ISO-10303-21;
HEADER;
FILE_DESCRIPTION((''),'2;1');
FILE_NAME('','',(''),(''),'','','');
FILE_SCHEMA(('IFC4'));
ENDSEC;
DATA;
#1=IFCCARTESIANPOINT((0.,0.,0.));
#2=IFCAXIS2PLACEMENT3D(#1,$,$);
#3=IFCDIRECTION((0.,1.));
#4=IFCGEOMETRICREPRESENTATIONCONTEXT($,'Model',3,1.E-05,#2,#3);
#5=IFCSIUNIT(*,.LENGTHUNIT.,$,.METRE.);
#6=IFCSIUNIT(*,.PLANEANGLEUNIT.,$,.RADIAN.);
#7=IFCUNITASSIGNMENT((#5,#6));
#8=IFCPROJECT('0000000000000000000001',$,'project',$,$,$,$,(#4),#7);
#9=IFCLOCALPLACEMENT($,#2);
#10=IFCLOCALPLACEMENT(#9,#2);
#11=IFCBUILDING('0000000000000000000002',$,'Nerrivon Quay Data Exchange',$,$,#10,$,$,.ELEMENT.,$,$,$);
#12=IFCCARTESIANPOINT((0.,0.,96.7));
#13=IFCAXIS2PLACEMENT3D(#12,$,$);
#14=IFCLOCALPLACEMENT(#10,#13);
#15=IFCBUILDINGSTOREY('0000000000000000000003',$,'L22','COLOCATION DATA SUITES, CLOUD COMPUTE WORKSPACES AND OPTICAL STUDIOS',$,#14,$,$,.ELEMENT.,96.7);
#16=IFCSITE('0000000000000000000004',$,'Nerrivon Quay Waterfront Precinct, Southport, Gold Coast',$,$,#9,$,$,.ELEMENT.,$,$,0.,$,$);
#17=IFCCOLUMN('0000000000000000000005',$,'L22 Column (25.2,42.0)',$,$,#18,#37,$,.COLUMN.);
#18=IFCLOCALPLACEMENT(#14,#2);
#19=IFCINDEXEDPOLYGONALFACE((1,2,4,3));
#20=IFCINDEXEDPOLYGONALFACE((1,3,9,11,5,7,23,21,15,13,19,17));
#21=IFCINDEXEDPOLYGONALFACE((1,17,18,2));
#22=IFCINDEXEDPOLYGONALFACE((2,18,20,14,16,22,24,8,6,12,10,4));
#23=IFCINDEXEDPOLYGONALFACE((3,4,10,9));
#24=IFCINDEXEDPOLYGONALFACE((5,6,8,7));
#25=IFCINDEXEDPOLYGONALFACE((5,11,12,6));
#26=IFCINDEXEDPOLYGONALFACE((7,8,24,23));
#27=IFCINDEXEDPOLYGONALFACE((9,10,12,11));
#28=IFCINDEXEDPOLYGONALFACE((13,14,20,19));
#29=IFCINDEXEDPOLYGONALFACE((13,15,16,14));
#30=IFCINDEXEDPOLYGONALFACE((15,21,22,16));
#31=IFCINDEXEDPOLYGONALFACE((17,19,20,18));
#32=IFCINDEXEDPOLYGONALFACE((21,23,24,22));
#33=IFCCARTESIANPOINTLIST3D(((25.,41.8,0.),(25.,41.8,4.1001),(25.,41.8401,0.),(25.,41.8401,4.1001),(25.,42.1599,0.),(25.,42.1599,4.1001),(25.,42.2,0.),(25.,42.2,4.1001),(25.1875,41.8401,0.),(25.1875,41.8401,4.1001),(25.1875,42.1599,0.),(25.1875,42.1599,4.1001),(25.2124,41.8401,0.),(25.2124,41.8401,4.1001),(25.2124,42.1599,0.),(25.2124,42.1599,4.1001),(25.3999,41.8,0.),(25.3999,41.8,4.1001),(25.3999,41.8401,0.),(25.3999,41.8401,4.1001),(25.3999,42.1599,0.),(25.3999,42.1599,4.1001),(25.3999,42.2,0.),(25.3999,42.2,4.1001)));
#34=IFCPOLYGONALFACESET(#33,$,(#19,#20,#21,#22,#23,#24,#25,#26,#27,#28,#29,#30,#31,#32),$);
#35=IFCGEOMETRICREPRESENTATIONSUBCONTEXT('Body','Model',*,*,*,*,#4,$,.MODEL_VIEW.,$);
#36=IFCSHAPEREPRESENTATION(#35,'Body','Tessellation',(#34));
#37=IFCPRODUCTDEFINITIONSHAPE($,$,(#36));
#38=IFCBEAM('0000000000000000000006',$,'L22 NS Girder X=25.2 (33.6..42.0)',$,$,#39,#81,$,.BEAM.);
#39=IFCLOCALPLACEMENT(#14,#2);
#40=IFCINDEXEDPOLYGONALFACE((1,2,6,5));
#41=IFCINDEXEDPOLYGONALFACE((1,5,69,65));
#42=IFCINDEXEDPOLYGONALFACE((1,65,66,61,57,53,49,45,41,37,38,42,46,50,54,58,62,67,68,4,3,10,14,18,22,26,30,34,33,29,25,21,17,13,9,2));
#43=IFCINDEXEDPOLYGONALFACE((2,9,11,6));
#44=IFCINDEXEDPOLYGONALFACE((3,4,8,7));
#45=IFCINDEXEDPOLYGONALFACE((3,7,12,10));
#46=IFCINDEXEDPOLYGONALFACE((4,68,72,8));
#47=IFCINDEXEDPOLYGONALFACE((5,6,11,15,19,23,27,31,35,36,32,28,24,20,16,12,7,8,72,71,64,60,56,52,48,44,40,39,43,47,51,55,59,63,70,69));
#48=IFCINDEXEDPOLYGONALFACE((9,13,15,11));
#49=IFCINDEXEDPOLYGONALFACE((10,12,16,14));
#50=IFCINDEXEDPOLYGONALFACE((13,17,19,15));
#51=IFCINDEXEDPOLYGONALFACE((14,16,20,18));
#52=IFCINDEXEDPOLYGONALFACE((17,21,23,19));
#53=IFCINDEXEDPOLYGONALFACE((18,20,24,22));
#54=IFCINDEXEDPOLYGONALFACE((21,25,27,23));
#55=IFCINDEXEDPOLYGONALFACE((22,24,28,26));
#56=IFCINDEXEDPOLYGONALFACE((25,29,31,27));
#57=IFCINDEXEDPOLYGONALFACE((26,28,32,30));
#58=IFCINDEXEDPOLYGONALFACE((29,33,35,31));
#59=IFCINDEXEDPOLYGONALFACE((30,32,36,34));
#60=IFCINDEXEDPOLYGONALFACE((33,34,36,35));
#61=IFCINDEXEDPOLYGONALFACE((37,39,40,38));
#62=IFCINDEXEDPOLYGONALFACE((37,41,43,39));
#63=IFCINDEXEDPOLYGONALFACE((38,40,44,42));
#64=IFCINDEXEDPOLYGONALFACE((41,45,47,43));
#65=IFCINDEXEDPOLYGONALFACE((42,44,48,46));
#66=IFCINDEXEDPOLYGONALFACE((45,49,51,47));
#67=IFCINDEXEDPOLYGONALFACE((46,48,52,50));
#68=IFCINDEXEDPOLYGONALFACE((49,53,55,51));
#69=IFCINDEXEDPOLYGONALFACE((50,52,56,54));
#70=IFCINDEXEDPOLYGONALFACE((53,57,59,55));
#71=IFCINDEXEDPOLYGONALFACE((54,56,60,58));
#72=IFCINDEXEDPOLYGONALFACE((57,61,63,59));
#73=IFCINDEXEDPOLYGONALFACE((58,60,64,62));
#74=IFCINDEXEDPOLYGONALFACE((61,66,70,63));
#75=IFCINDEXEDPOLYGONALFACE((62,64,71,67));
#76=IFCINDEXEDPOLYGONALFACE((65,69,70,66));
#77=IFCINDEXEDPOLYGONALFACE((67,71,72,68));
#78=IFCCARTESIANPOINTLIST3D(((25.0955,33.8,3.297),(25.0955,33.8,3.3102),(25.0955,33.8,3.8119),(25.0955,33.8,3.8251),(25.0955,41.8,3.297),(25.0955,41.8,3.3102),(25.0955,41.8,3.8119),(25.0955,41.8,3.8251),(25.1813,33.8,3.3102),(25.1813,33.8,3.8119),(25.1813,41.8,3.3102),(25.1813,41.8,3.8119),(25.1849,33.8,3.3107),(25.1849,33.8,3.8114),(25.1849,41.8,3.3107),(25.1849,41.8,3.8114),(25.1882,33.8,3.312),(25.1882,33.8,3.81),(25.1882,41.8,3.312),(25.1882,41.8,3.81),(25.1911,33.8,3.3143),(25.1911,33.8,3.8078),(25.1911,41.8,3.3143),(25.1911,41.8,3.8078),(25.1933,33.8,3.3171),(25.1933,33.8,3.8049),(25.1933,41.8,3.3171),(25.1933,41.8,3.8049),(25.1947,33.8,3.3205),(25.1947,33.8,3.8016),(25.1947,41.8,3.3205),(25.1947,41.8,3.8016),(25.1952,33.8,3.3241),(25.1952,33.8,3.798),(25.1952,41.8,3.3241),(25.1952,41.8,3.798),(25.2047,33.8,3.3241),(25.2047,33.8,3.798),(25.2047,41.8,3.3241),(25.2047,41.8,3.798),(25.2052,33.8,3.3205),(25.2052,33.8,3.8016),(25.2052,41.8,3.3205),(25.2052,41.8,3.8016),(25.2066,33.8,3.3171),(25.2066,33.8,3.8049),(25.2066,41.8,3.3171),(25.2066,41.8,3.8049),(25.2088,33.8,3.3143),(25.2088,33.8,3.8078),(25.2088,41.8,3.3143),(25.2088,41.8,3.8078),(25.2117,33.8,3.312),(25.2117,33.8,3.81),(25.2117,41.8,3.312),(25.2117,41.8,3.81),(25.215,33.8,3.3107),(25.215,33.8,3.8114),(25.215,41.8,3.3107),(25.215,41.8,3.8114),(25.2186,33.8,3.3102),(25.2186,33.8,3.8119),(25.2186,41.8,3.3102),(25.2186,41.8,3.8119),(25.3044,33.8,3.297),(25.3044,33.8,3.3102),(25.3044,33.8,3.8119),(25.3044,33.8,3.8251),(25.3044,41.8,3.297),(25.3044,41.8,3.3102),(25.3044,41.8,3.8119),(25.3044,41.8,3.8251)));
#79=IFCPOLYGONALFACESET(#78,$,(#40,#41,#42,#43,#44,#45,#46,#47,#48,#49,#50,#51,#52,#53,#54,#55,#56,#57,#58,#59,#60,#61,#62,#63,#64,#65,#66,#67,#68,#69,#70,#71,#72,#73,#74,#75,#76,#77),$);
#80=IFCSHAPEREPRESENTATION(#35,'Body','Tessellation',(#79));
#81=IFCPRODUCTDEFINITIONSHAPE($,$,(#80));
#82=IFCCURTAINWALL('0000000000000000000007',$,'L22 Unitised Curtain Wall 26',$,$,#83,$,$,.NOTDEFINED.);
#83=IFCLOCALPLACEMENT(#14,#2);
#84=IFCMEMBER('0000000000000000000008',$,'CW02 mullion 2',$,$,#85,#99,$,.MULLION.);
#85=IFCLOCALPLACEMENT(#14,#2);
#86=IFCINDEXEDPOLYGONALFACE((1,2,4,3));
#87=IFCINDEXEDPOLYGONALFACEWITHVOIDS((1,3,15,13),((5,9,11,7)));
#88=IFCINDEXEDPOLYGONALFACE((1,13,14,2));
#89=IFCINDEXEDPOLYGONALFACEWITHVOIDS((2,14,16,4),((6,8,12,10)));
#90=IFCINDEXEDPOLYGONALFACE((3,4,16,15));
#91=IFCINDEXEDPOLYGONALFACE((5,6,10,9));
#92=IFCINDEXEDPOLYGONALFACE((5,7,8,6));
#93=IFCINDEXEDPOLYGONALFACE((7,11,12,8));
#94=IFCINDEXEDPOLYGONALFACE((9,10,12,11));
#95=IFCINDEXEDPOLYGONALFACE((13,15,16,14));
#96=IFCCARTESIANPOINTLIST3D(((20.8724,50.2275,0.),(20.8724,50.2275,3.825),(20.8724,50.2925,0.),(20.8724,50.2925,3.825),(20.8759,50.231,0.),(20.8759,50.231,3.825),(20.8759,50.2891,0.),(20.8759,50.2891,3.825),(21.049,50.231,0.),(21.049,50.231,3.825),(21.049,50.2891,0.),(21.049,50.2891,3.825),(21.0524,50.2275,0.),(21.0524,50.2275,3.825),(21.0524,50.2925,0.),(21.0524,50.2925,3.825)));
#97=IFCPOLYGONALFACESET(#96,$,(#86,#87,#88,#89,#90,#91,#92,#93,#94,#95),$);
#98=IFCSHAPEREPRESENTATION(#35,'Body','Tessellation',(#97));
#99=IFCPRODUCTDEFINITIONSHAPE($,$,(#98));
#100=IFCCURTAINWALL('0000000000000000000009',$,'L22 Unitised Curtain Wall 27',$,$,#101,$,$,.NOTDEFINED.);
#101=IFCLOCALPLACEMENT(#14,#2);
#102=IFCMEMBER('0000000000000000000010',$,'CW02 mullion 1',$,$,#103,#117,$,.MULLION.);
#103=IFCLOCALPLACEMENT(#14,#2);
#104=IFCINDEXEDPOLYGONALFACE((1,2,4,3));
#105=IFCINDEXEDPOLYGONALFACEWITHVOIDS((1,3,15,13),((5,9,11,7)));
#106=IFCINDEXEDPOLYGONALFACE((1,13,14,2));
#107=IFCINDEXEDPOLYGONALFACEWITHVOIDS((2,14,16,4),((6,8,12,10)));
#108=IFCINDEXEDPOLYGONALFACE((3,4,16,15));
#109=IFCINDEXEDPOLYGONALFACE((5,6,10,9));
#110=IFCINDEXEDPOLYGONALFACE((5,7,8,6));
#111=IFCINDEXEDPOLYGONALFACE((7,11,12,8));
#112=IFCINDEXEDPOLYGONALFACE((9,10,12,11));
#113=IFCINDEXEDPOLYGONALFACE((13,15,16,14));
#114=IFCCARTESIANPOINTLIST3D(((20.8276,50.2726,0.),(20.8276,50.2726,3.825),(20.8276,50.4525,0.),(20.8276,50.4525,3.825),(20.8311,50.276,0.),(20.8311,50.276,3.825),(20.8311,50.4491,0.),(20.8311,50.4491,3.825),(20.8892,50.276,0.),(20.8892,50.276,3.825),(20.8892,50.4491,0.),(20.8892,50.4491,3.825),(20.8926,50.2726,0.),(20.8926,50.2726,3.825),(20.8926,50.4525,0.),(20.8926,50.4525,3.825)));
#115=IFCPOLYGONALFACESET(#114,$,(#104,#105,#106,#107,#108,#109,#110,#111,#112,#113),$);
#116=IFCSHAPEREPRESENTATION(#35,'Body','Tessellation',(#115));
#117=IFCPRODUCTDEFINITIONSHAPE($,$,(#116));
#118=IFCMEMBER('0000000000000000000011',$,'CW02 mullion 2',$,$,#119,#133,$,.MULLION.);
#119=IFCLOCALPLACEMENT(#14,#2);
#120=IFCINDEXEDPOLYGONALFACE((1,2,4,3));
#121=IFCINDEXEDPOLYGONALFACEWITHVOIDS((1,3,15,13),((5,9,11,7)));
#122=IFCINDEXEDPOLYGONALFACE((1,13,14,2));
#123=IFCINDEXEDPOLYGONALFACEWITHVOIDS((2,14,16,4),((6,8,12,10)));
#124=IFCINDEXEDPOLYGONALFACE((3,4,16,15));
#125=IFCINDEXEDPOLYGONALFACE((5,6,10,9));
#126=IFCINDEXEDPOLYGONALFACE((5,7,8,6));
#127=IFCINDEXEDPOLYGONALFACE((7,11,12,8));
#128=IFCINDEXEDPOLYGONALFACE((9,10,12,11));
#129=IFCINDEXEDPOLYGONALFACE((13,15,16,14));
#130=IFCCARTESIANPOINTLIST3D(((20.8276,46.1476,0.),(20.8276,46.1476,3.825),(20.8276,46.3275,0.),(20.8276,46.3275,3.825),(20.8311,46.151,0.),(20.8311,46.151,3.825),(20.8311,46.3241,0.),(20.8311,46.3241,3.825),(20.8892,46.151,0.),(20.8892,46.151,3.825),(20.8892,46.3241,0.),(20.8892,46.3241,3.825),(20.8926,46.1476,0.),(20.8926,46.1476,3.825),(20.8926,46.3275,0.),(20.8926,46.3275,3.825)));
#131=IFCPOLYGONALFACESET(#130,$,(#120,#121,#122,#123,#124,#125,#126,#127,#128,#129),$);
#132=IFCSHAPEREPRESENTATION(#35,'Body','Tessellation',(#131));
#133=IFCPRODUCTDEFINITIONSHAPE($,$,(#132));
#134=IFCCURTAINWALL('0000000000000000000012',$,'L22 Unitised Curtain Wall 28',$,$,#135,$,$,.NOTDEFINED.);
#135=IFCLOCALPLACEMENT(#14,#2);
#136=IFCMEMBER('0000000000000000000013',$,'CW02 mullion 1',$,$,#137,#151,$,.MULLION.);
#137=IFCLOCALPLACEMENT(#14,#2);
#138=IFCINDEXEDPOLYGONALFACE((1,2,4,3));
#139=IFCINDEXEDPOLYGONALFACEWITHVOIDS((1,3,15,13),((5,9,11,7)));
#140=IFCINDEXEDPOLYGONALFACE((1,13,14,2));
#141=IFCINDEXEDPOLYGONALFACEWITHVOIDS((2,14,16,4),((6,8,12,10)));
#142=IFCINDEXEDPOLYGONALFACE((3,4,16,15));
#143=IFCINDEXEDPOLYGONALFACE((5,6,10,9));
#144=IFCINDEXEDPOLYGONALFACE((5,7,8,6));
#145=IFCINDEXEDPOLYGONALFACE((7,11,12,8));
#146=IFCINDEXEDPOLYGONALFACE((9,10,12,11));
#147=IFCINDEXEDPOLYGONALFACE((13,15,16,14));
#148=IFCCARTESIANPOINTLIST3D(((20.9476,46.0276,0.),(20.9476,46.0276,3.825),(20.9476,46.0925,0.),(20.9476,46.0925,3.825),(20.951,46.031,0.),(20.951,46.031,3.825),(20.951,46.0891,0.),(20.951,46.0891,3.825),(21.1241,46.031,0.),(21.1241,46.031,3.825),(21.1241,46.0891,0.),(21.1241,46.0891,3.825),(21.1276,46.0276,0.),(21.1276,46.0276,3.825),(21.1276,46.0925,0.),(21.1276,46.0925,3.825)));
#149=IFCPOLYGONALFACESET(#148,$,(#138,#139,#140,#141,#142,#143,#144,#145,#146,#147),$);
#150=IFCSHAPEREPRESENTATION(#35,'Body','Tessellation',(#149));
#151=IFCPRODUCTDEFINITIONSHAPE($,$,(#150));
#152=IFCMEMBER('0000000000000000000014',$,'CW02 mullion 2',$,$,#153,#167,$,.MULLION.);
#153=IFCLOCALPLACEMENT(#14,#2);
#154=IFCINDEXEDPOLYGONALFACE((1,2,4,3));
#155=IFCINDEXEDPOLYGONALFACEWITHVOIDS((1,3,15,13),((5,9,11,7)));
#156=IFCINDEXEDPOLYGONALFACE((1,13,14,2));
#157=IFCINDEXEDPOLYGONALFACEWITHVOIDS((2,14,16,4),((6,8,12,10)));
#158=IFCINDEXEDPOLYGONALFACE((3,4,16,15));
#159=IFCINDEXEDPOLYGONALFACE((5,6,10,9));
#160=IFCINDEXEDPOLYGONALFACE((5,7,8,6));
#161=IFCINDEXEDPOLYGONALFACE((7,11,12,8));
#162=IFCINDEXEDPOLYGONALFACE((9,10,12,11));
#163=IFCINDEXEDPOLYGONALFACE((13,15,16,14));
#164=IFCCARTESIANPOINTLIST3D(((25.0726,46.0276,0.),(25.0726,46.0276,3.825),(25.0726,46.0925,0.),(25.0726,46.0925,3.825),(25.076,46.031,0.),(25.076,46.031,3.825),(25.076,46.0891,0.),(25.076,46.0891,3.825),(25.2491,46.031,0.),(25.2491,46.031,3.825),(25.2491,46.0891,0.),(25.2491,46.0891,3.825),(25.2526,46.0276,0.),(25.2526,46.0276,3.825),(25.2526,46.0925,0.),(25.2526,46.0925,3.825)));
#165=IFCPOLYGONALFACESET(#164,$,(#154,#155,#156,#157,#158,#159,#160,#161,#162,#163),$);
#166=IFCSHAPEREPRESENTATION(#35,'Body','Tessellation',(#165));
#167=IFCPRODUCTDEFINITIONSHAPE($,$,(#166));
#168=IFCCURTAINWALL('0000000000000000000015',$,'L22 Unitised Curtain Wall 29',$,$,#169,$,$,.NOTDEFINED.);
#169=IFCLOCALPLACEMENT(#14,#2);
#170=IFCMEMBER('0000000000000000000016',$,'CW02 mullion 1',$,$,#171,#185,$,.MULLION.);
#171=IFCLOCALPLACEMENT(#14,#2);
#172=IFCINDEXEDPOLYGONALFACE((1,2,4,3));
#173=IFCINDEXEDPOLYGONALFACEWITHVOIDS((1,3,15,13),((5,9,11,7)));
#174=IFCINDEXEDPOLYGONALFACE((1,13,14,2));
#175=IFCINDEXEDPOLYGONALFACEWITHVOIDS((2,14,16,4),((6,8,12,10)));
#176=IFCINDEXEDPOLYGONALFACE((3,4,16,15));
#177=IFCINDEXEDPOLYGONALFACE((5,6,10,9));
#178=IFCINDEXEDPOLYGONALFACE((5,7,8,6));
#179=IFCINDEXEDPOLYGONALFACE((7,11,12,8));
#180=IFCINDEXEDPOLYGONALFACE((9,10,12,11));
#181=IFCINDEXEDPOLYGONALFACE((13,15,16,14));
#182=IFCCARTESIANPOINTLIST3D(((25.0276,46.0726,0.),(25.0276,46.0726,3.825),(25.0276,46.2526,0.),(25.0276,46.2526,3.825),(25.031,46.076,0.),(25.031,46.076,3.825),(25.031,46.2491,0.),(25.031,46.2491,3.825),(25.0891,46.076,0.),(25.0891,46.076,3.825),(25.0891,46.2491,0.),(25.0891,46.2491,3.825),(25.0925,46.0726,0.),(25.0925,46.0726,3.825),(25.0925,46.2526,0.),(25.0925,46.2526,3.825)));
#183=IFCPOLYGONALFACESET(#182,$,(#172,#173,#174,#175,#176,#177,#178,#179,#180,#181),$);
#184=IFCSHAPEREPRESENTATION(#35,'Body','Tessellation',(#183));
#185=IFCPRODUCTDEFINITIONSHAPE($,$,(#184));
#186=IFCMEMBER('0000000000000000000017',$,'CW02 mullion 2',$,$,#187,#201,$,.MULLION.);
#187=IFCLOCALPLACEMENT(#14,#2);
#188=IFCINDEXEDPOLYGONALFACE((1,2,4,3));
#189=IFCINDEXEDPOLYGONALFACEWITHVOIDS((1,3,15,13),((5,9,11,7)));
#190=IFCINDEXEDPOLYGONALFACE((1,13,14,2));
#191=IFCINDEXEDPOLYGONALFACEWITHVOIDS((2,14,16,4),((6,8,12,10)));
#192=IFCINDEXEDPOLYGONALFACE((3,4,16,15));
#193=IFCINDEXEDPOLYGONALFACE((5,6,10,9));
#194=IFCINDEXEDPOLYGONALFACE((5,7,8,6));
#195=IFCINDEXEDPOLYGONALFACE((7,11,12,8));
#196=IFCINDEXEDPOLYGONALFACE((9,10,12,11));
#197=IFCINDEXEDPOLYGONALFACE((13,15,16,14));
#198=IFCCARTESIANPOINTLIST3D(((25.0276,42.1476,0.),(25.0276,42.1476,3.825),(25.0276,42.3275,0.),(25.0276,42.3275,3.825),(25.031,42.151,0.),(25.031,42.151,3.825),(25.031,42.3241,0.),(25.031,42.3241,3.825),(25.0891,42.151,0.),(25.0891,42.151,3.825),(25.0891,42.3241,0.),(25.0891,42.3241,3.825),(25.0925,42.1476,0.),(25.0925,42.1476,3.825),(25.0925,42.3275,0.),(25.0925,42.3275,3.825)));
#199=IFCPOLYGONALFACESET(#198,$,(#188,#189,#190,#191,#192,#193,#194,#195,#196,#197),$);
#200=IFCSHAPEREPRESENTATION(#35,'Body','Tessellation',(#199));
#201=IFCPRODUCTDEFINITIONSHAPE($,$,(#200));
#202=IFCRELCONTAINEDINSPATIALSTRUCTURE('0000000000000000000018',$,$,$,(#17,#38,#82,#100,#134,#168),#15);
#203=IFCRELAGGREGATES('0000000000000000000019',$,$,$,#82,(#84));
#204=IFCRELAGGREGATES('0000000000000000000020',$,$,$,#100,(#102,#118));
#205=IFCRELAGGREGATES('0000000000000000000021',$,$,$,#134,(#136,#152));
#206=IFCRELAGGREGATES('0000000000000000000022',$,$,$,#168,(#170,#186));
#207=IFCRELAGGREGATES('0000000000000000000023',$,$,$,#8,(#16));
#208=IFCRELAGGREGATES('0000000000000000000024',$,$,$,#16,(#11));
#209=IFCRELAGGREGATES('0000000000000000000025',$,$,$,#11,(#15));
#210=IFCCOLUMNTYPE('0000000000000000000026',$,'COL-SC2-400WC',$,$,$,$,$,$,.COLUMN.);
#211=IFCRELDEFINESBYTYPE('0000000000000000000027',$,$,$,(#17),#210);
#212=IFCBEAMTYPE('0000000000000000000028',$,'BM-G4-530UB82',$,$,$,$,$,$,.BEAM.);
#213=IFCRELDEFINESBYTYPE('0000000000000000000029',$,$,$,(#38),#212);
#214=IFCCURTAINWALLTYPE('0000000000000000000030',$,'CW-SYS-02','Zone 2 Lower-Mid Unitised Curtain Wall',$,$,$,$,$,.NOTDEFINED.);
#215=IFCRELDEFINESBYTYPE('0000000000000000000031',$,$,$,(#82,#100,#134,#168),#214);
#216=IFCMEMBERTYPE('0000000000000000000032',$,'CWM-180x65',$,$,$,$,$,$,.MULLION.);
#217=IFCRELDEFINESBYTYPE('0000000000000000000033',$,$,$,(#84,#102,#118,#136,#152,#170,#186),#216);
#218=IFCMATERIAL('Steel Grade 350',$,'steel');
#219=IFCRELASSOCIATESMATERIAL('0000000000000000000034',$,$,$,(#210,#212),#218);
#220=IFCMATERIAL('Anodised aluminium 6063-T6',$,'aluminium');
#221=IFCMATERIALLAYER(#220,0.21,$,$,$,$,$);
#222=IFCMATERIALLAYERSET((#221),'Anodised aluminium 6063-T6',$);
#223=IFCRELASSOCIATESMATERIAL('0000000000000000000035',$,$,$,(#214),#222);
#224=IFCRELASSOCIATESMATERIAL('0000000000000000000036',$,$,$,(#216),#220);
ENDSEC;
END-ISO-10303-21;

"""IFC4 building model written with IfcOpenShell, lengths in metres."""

from ifc_helpers import new_model, si_unit, direction, frame, origin, origin_2d, place, context, subcontext, project, spatial, hollow_rectangle, i_section, extrude, material, layer, layer_set, material_profile, profile_set, type_object, element, aggregate, save


model = new_model("IFC4")

# Units and contexts
model_context = context("Model", 3, precision=1e-05, world=origin(), true_north=direction((0.0, 1.0)))
body_context = subcontext(model_context, "Body", "Model", "MODEL_VIEW")
ifc_project = project(units=[si_unit("LENGTHUNIT", "METRE"), si_unit("PLANEANGLEUNIT", "RADIAN")], contexts=[model_context])

# Site, building, storey
site_placement = place(None, origin())
site = spatial("IfcSite", under=ifc_project, at=site_placement, Name="Nerrivon Quay Waterfront Precinct, Southport, Gold Coast", CompositionType="ELEMENT", RefElevation=0.0)
building_placement = place(site_placement, origin())
building = spatial("IfcBuilding", under=site, at=building_placement, Name="Nerrivon Quay Data Exchange", CompositionType="ELEMENT")
storey_placement = place(building_placement, frame((0.0, 0.0, 96.7)))
storey = spatial("IfcBuildingStorey", under=building, at=storey_placement, Name="L22", Description="COLOCATION DATA SUITES, CLOUD COMPUTE WORKSPACES AND OPTICAL STUDIOS", CompositionType="ELEMENT", Elevation=96.7)

# Column
ifc_material_1 = material(Name="Steel Grade 350", Category="steel")
ifc_material_profile_1 = material_profile(ifc_material_1, i_section(OverallWidth=0.3999, OverallDepth=0.3999, WebThickness=0.0249, FlangeThickness=0.04, at=origin_2d()), Name="400WC328")
ifc_profile_set_1 = profile_set([ifc_material_profile_1], Name="Steel Grade 350")
column_type = type_object("IfcColumnType", Name="COL-SC2-400WC", PredefinedType="COLUMN", material=ifc_profile_set_1)
column_placement = place(storey_placement, frame((25.2, 42.0, 0.0), z_axis=(0.0, 0.0, 1.0), x_axis=(1.0, 0.0, 0.0)))
element("IfcColumn", 1, at=column_placement, inside=storey, type_object=column_type, Name="L22 Column (25.2,42.0)", PredefinedType="COLUMN", context=body_context, shape_type="SweptSolid", body=[
    extrude(i_section(OverallWidth=0.3999, OverallDepth=0.3999, WebThickness=0.0249, FlangeThickness=0.04, at=origin_2d()), origin(), (0.0, 0.0, 1.0), 4.1001),
])

# Beam
ifc_material_profile_2 = material_profile(ifc_material_1, i_section(OverallWidth=0.209, OverallDepth=0.5281, WebThickness=0.0095, FlangeThickness=0.0132, FilletRadius=0.0139, at=origin_2d()), Name="530UB82.0")
ifc_profile_set_2 = profile_set([ifc_material_profile_2], Name="Steel Grade 350")
beam_type = type_object("IfcBeamType", Name="BM-G4-530UB82", PredefinedType="BEAM", material=ifc_profile_set_2)
beam_placement = place(storey_placement, frame((25.2, 33.8, 3.561), z_axis=(0.0, 1.0, 0.0), x_axis=(-1.0, 0.0, 0.0)))
element("IfcBeam", 2, at=beam_placement, inside=storey, type_object=beam_type, Name="L22 NS Girder X=25.2 (33.6..42.0)", PredefinedType="BEAM", context=body_context, shape_type="SweptSolid", body=[
    extrude(i_section(OverallWidth=0.209, OverallDepth=0.5281, WebThickness=0.0095, FlangeThickness=0.0132, FilletRadius=0.0139, at=origin_2d()), origin(), (0.0, 0.0, 1.0), 8.0),
])

# Curtain wall, member
ifc_material_2 = material(Name="Anodised aluminium 6063-T6", Category="aluminium")
ifc_layer_1 = layer(ifc_material_2, 0.21)
ifc_layer_set_1 = layer_set([ifc_layer_1], Name="Anodised aluminium 6063-T6")
curtain_wall_type = type_object("IfcCurtainWallType", Name="CW-SYS-02", Description="Zone 2 Lower-Mid Unitised Curtain Wall", PredefinedType="NOTDEFINED", material=ifc_layer_set_1)
curtain_wall_1_placement = place(storey_placement, origin())
curtain_wall_1 = element("IfcCurtainWall", 3, at=curtain_wall_1_placement, inside=storey, type_object=curtain_wall_type, Name="L22 Unitised Curtain Wall 26", PredefinedType="NOTDEFINED")
ifc_material_profile_3 = material_profile(ifc_material_2, hollow_rectangle(XDim=0.0649, YDim=0.1799, WallThickness=0.0034, at=origin_2d()), Name="ALU-MULL-180x65")
ifc_profile_set_3 = profile_set([ifc_material_profile_3], Name="Anodised aluminium 6063-T6")
member_type_1 = type_object("IfcMemberType", Name="CWM-180x65", PredefinedType="MULLION", material=ifc_profile_set_3)
member_1_placement = place(storey_placement, frame((20.9624, 50.26, 0.0), z_axis=(0.0, 0.0, 1.0), x_axis=(0.0, 1.0, 0.0)))
member_1 = element("IfcMember", 4, at=member_1_placement, type_object=member_type_1, Name="CW02 mullion 2", PredefinedType="MULLION", context=body_context, shape_type="SweptSolid", body=[
    extrude(hollow_rectangle(XDim=0.0649, YDim=0.1799, WallThickness=0.0034, at=origin_2d()), origin(), (0.0, 0.0, 1.0), 3.825),
])
aggregate(curtain_wall_1, [member_1])

# Curtain walls, members
curtain_wall_2_placement = place(storey_placement, origin())
curtain_wall_2 = element("IfcCurtainWall", 5, at=curtain_wall_2_placement, inside=storey, type_object=curtain_wall_type, Name="L22 Unitised Curtain Wall 27", PredefinedType="NOTDEFINED")
member_2_placement = place(storey_placement, frame((20.8601, 50.3625, 0.0), z_axis=(0.0, 0.0, 1.0), x_axis=(1.0, 0.0, 0.0)))
member_2 = element("IfcMember", 6, at=member_2_placement, type_object=member_type_1, Name="CW02 mullion 1", PredefinedType="MULLION", context=body_context, shape_type="SweptSolid", body=[
    extrude(hollow_rectangle(XDim=0.0649, YDim=0.1799, WallThickness=0.0034, at=origin_2d()), origin(), (0.0, 0.0, 1.0), 3.825),
])
member_3_placement = place(storey_placement, frame((20.8601, 46.2375, 0.0), z_axis=(0.0, 0.0, 1.0), x_axis=(1.0, 0.0, 0.0)))
member_3 = element("IfcMember", 7, at=member_3_placement, type_object=member_type_1, Name="CW02 mullion 2", PredefinedType="MULLION", context=body_context, shape_type="SweptSolid", body=[
    extrude(hollow_rectangle(XDim=0.0649, YDim=0.1799, WallThickness=0.0034, at=origin_2d()), origin(), (0.0, 0.0, 1.0), 3.825),
])
curtain_wall_3_placement = place(storey_placement, origin())
curtain_wall_3 = element("IfcCurtainWall", 8, at=curtain_wall_3_placement, inside=storey, type_object=curtain_wall_type, Name="L22 Unitised Curtain Wall 28", PredefinedType="NOTDEFINED")
member_4_placement = place(storey_placement, frame((21.0376, 46.0601, 0.0), z_axis=(0.0, 0.0, 1.0), x_axis=(0.0, 1.0, 0.0)))
member_4 = element("IfcMember", 9, at=member_4_placement, type_object=member_type_1, Name="CW02 mullion 1", PredefinedType="MULLION", context=body_context, shape_type="SweptSolid", body=[
    extrude(hollow_rectangle(XDim=0.0649, YDim=0.1799, WallThickness=0.0034, at=origin_2d()), origin(), (0.0, 0.0, 1.0), 3.825),
])
member_5_placement = place(storey_placement, frame((25.1626, 46.0601, 0.0), z_axis=(0.0, 0.0, 1.0), x_axis=(0.0, 1.0, 0.0)))
member_5 = element("IfcMember", 10, at=member_5_placement, type_object=member_type_1, Name="CW02 mullion 2", PredefinedType="MULLION", context=body_context, shape_type="SweptSolid", body=[
    extrude(hollow_rectangle(XDim=0.0649, YDim=0.1799, WallThickness=0.0034, at=origin_2d()), origin(), (0.0, 0.0, 1.0), 3.825),
])
curtain_wall_4_placement = place(storey_placement, origin())
curtain_wall_4 = element("IfcCurtainWall", 11, at=curtain_wall_4_placement, inside=storey, type_object=curtain_wall_type, Name="L22 Unitised Curtain Wall 29", PredefinedType="NOTDEFINED")
member_6_placement = place(storey_placement, frame((25.0601, 46.1626, 0.0), z_axis=(0.0, 0.0, 1.0), x_axis=(1.0, 0.0, 0.0)))
member_6 = element("IfcMember", 12, at=member_6_placement, type_object=member_type_1, Name="CW02 mullion 1", PredefinedType="MULLION", context=body_context, shape_type="SweptSolid", body=[
    extrude(hollow_rectangle(XDim=0.0649, YDim=0.1799, WallThickness=0.0034, at=origin_2d()), origin(), (0.0, 0.0, 1.0), 3.825),
])
member_7_placement = place(storey_placement, frame((25.0601, 42.2375, 0.0), z_axis=(0.0, 0.0, 1.0), x_axis=(1.0, 0.0, 0.0)))
member_7 = element("IfcMember", 13, at=member_7_placement, type_object=member_type_1, Name="CW02 mullion 2", PredefinedType="MULLION", context=body_context, shape_type="SweptSolid", body=[
    extrude(hollow_rectangle(XDim=0.0649, YDim=0.1799, WallThickness=0.0034, at=origin_2d()), origin(), (0.0, 0.0, 1.0), 3.825),
])

aggregate(curtain_wall_2, [member_2, member_3])
aggregate(curtain_wall_3, [member_4, member_5])
aggregate(curtain_wall_4, [member_6, member_7])

save(model, "model.ifc")
